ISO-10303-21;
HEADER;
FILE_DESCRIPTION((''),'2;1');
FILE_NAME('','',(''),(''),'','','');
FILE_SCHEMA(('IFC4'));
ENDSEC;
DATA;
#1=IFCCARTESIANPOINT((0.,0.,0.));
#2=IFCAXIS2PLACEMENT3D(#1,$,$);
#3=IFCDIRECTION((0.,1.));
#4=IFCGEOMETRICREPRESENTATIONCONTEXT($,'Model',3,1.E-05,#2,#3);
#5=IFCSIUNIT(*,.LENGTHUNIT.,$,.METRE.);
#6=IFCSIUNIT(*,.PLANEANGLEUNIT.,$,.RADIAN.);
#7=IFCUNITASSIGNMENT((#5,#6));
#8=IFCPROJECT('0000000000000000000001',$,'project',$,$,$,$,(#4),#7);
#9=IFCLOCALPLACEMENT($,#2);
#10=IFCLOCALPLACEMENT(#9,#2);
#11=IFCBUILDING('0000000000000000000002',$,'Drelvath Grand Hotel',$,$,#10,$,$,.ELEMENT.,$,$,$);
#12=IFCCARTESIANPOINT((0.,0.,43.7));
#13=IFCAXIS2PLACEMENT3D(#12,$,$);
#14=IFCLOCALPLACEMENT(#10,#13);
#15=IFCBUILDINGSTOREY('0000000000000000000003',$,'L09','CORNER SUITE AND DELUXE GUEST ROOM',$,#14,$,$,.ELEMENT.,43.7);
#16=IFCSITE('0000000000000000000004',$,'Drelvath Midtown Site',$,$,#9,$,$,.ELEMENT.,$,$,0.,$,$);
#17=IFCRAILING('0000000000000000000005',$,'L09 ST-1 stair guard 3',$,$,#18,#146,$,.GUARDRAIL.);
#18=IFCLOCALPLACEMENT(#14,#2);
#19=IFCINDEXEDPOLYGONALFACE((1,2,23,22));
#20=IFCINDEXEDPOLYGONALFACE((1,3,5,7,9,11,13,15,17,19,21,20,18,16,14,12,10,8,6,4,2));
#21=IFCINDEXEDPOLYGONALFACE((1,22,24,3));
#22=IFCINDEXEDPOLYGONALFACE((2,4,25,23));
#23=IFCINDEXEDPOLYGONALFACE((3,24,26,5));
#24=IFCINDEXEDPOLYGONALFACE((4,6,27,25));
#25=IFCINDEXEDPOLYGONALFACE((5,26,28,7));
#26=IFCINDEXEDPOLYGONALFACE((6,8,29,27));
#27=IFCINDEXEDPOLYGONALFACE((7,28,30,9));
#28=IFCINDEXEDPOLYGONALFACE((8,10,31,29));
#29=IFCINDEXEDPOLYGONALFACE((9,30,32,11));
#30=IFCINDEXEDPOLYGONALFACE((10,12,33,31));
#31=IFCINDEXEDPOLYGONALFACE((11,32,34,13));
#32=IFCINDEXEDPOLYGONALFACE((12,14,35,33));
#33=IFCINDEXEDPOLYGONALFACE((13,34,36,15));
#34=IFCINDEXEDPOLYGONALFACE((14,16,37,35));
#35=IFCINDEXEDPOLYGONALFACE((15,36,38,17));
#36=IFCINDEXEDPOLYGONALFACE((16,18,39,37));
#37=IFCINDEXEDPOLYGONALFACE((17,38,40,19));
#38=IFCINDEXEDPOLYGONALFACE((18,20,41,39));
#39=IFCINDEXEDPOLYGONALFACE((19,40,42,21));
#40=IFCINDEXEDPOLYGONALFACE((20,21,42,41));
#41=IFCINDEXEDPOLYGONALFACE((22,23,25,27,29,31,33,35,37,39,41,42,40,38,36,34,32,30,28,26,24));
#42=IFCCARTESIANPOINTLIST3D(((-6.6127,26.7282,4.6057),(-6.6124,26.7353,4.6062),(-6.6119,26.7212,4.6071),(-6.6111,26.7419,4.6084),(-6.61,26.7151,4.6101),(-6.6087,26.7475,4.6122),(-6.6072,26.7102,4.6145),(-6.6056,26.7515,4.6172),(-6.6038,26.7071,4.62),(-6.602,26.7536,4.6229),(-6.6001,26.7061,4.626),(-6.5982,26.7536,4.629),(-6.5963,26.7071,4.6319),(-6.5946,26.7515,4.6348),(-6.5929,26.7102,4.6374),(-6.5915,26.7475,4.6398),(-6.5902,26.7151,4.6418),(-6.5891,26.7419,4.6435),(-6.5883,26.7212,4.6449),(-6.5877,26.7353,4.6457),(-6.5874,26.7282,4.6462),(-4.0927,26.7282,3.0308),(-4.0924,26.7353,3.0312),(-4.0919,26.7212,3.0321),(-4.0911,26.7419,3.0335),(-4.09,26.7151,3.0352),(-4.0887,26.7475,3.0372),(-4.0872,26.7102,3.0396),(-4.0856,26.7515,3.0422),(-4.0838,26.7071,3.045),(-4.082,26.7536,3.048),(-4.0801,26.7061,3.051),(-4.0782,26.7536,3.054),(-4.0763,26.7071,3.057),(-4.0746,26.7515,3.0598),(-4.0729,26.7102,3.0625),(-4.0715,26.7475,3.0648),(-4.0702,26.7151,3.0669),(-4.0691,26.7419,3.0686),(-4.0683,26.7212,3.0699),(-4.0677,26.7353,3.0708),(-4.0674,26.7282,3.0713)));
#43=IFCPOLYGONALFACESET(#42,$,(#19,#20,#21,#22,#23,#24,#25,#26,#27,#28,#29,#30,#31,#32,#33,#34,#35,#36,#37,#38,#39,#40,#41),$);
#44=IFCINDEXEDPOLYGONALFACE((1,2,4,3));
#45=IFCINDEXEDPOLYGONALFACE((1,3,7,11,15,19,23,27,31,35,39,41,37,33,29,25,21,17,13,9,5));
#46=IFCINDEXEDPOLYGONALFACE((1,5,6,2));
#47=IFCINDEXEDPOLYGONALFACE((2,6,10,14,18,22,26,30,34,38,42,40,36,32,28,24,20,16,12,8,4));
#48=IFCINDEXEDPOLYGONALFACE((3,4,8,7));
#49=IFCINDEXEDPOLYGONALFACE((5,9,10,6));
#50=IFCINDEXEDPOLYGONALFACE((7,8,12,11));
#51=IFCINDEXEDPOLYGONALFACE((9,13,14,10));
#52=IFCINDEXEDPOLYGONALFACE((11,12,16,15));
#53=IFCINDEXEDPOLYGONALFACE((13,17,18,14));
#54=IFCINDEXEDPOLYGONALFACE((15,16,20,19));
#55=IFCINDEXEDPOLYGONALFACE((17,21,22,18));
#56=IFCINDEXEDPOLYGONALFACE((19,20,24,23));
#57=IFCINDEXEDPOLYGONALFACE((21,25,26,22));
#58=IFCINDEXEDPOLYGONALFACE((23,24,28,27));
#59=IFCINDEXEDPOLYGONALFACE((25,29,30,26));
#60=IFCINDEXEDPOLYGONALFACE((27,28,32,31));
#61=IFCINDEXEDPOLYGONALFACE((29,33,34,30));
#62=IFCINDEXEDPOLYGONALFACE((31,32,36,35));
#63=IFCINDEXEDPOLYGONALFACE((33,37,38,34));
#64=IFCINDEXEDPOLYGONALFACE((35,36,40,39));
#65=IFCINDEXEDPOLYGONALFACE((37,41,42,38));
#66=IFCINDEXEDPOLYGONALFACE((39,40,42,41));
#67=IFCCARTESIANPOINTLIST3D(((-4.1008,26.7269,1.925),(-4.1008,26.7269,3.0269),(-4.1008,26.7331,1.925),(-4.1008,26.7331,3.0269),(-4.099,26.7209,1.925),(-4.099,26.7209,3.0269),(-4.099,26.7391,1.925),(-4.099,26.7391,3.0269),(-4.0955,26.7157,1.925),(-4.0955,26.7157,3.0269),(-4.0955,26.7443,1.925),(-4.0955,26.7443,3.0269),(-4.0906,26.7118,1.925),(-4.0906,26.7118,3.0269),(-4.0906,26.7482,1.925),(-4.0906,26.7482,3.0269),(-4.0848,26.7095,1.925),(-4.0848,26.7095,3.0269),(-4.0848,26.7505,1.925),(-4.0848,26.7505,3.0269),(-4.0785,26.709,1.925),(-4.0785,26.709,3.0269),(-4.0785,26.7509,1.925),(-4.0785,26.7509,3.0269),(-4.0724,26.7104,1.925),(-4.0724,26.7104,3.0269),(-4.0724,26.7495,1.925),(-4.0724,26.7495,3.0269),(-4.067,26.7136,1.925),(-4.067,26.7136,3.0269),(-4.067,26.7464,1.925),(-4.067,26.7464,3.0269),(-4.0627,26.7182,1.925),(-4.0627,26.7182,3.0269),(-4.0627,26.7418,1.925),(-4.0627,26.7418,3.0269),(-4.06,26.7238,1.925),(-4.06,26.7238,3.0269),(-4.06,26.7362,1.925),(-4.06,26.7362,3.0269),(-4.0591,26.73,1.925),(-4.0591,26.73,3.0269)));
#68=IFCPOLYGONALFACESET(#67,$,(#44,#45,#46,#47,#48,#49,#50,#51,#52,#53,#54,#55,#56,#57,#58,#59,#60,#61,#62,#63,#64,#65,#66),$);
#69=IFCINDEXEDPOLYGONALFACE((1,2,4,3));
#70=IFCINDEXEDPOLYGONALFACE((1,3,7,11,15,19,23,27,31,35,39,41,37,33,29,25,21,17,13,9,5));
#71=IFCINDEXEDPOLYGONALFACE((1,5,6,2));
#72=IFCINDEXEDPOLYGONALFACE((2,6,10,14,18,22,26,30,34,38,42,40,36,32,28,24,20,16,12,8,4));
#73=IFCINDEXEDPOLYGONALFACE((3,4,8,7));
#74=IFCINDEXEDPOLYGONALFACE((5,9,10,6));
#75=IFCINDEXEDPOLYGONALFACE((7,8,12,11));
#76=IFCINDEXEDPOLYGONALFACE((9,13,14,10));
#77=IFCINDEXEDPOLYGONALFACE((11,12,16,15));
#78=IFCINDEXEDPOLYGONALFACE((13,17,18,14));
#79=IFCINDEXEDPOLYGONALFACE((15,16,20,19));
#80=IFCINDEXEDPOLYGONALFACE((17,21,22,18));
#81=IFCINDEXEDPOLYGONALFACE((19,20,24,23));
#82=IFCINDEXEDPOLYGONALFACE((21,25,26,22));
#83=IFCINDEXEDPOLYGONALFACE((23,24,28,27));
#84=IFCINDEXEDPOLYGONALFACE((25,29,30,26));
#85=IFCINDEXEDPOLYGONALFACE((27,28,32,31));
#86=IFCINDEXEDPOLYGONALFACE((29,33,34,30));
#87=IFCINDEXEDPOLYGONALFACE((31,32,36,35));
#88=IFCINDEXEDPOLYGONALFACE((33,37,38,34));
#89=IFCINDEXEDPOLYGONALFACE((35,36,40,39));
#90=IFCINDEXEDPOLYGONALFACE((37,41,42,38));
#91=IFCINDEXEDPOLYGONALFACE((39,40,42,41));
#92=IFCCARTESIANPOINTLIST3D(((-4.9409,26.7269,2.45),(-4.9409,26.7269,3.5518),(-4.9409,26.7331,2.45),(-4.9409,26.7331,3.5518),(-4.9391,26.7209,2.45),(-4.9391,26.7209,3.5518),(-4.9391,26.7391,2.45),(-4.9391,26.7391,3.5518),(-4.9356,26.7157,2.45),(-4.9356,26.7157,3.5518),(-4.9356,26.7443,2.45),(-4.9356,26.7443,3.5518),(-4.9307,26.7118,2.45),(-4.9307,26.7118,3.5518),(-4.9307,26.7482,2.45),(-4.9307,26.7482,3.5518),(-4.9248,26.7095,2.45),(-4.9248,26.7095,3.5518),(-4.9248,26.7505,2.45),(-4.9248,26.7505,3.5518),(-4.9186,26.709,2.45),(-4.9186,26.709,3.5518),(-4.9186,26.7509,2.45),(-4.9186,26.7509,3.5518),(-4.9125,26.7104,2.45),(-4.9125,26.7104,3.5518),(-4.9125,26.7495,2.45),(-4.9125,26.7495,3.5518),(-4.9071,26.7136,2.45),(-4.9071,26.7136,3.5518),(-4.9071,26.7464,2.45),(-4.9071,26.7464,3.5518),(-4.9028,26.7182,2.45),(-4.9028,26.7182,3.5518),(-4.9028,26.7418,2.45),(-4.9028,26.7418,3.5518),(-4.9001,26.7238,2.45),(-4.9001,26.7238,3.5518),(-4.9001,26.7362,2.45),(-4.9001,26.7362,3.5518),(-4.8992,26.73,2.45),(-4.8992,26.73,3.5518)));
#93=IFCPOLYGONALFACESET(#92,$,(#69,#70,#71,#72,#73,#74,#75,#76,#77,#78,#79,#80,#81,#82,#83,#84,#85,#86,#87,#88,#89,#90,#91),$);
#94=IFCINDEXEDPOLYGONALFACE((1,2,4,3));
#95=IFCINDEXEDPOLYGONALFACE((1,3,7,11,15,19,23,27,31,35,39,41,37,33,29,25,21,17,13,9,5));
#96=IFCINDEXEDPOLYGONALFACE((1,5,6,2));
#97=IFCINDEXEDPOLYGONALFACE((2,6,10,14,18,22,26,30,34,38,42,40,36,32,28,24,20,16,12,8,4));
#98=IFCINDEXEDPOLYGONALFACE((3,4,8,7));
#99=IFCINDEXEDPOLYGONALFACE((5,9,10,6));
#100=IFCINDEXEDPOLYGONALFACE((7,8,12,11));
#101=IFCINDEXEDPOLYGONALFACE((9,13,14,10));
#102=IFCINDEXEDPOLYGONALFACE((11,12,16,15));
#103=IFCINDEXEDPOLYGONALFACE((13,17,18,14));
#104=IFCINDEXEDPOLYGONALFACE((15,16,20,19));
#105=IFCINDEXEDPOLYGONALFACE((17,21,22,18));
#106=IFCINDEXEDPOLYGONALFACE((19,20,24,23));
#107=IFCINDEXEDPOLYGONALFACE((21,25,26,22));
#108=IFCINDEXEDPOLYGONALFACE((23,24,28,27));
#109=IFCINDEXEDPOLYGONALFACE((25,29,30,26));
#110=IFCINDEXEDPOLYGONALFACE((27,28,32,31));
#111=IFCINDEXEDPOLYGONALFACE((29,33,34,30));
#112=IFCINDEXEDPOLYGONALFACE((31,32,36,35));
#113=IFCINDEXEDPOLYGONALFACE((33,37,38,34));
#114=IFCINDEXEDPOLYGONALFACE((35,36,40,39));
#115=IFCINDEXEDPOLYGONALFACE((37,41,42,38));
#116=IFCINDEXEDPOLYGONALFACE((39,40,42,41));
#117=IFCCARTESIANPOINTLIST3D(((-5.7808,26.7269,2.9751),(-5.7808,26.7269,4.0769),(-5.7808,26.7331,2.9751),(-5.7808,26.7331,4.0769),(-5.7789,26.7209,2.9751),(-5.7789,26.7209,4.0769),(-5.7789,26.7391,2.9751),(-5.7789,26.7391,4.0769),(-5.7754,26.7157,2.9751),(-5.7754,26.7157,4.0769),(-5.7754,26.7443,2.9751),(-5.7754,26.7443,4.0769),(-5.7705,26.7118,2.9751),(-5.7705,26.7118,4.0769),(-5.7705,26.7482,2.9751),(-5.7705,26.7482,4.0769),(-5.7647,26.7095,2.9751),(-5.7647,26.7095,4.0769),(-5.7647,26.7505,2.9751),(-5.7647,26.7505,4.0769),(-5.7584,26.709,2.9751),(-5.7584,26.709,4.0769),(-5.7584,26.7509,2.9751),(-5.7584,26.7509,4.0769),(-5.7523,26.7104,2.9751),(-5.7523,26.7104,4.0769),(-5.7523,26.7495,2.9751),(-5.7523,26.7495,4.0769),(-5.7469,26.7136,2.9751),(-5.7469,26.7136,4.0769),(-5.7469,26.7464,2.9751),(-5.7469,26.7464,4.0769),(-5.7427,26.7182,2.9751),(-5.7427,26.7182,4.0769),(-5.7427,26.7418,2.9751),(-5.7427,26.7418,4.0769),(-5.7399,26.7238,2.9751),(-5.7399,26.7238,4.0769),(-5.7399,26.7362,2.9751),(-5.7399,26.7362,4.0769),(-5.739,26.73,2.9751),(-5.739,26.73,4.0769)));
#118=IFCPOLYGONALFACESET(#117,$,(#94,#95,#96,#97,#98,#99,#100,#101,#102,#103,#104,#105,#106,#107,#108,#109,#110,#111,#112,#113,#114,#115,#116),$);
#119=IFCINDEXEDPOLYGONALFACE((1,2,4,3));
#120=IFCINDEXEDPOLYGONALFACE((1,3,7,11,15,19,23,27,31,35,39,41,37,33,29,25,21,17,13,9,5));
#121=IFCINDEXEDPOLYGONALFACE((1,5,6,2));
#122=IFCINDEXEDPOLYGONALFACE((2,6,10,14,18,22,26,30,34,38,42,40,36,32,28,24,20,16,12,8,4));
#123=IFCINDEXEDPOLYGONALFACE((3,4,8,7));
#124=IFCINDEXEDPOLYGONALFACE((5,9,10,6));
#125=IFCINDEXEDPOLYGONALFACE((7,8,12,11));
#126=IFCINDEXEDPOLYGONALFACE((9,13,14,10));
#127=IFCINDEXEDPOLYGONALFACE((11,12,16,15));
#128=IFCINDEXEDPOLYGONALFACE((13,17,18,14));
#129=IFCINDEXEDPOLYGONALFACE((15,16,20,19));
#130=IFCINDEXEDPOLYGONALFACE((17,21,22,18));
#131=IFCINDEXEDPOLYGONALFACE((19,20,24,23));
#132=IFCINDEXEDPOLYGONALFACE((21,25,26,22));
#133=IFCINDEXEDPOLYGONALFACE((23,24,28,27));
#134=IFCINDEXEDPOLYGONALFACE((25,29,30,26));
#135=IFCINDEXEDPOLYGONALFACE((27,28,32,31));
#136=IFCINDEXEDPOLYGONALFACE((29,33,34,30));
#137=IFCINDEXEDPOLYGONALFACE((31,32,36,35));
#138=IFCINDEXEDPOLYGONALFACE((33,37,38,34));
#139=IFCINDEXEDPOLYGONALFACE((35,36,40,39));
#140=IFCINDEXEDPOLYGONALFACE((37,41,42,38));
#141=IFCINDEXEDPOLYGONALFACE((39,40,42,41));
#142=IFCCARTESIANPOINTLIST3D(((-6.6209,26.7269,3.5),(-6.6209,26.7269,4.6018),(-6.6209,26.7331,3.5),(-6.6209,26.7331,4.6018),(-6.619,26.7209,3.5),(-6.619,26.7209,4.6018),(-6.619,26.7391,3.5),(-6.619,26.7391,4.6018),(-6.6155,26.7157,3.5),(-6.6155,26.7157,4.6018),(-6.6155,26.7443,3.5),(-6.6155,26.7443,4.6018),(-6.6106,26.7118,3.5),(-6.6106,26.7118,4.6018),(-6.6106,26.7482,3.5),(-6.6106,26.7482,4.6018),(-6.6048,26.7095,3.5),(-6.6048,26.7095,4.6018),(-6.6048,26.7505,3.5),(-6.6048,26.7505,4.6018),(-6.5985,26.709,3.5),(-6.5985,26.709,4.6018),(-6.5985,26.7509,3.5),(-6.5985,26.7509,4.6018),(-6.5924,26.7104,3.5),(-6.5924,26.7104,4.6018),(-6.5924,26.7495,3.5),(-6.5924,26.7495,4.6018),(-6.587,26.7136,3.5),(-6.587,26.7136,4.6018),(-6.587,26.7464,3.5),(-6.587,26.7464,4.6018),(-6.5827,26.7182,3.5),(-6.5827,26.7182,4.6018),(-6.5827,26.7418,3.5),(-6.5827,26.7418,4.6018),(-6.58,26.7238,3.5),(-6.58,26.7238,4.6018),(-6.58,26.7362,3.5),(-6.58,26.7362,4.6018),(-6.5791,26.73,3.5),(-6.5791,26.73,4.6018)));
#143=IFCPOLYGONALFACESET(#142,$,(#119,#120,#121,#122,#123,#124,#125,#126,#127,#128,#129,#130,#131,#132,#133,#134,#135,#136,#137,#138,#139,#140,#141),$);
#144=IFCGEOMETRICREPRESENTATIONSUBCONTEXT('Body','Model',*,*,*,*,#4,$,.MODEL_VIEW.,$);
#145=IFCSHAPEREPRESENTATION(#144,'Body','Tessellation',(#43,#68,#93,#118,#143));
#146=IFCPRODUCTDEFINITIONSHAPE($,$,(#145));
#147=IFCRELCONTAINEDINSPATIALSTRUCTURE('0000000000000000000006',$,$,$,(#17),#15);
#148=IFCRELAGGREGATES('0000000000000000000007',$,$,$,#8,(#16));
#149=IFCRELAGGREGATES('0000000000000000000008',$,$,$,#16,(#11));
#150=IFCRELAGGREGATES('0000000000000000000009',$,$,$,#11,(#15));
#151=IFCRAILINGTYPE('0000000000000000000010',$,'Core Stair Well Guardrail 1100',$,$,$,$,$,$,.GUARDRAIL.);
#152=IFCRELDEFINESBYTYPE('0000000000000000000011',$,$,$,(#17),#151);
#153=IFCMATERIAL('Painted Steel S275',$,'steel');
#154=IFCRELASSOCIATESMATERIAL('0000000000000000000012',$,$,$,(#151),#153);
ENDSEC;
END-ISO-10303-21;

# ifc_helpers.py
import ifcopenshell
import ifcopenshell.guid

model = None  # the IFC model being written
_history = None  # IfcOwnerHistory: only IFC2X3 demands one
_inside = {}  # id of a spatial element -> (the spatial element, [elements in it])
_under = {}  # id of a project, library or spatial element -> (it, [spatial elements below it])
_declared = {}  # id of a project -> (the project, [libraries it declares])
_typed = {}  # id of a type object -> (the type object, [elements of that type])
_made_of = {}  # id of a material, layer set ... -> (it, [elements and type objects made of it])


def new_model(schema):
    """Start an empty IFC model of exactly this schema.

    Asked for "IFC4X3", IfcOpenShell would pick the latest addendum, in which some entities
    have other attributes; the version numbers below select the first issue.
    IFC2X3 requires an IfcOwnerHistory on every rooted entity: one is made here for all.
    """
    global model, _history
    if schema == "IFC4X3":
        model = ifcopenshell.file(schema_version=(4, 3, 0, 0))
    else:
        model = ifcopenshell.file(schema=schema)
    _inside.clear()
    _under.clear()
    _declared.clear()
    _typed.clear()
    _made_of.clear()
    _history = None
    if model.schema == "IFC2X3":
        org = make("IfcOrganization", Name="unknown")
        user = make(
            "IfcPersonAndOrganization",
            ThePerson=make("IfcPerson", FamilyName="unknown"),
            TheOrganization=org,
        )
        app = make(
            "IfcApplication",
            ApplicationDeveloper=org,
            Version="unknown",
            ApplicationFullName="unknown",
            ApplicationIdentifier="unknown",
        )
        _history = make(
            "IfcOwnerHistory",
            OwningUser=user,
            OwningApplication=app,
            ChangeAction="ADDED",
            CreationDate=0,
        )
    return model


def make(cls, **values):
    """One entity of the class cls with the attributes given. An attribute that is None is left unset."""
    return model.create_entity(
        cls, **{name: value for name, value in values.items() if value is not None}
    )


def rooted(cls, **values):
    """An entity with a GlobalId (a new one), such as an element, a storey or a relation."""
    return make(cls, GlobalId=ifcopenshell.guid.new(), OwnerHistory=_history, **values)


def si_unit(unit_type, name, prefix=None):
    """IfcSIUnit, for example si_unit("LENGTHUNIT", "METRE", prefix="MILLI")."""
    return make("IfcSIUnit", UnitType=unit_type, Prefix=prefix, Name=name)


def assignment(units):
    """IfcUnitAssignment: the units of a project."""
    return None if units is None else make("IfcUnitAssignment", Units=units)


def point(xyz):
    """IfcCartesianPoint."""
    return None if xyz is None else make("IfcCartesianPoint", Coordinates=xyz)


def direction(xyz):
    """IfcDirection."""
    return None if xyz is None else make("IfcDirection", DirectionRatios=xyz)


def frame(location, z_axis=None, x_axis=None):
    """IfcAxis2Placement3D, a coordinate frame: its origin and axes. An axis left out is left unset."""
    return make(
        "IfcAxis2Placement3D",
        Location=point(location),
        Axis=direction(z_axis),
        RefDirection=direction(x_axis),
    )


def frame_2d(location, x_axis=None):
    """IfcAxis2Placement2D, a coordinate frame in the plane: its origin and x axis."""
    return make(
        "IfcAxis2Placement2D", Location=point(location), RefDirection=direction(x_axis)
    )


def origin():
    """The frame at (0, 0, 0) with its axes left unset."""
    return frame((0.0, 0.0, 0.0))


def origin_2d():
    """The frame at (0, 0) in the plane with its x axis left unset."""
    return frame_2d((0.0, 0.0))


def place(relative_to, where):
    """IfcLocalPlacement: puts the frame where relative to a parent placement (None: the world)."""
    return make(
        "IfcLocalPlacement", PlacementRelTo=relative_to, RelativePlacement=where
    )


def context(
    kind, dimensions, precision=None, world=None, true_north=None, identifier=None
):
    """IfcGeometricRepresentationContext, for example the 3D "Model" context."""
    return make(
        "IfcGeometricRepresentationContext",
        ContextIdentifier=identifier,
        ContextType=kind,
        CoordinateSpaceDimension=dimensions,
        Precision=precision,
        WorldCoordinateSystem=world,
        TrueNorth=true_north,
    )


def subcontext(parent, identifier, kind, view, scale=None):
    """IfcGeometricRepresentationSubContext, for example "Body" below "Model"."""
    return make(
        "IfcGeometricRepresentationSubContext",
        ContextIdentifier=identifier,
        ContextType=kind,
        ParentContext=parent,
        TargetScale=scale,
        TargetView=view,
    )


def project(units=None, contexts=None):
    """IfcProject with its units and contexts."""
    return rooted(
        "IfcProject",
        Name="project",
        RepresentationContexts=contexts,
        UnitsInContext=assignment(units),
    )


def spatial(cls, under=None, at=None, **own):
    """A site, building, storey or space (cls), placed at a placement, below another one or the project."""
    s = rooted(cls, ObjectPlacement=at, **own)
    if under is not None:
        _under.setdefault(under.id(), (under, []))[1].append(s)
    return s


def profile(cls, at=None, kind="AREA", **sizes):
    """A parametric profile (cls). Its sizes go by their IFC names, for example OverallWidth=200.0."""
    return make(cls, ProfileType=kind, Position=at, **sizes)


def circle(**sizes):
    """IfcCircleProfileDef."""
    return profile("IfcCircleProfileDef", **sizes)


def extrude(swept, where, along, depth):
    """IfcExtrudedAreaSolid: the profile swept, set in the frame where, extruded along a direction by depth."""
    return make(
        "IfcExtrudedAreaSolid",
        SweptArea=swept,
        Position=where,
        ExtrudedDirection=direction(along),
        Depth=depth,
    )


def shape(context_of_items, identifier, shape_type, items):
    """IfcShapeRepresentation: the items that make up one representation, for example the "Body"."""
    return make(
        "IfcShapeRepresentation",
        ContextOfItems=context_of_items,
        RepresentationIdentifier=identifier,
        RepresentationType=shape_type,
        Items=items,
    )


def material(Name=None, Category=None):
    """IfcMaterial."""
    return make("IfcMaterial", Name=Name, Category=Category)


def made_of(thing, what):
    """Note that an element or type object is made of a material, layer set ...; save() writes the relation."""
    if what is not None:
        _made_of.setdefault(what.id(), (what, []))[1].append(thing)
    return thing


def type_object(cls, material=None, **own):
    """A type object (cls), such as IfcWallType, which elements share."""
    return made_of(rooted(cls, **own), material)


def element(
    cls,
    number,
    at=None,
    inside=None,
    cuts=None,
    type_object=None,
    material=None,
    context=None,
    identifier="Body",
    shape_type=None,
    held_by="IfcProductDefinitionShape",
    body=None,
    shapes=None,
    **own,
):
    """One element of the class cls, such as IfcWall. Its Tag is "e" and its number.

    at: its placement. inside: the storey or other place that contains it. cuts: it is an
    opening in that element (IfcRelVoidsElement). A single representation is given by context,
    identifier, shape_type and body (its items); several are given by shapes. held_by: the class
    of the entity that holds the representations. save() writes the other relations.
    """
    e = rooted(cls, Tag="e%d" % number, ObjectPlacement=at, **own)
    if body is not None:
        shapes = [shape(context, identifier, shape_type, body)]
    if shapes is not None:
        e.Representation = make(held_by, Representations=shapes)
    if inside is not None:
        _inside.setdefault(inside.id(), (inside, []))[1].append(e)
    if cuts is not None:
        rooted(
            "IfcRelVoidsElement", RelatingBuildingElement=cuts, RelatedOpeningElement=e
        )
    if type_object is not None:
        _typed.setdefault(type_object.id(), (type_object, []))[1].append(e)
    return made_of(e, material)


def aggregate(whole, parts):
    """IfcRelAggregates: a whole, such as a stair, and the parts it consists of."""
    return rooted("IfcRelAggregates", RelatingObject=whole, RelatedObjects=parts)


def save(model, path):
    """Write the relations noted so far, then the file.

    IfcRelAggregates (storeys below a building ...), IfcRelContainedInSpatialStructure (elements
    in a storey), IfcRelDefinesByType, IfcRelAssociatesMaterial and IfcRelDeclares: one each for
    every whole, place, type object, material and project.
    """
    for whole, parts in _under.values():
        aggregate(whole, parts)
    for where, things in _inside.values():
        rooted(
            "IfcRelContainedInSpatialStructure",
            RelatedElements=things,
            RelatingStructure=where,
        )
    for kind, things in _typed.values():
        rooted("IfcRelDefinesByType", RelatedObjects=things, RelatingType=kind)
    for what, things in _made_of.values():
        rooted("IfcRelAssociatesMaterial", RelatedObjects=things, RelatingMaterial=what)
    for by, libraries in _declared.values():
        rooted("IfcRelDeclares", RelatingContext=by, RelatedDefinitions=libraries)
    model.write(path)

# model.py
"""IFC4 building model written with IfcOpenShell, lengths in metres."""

from ifc_helpers import new_model, si_unit, direction, frame, origin, origin_2d, place, context, subcontext, project, spatial, circle, extrude, material, type_object, element, save


model = new_model("IFC4")

# Units and contexts
model_context = context("Model", 3, precision=1e-05, world=origin(), true_north=direction((0.0, 1.0)))
body_context = subcontext(model_context, "Body", "Model", "MODEL_VIEW")
ifc_project = project(units=[si_unit("LENGTHUNIT", "METRE"), si_unit("PLANEANGLEUNIT", "RADIAN")], contexts=[model_context])

# Site, building, storey
site_placement = place(None, origin())
site = spatial("IfcSite", under=ifc_project, at=site_placement, Name="Drelvath Midtown Site", CompositionType="ELEMENT", RefElevation=0.0)
building_placement = place(site_placement, origin())
building = spatial("IfcBuilding", under=site, at=building_placement, Name="Drelvath Grand Hotel", CompositionType="ELEMENT")
storey_placement = place(building_placement, frame((0.0, 0.0, 43.7)))
storey = spatial("IfcBuildingStorey", under=building, at=storey_placement, Name="L09", Description="CORNER SUITE AND DELUXE GUEST ROOM", CompositionType="ELEMENT", Elevation=43.7)

# Shared definitions
ifc_material_1 = material(Name="Painted Steel S275", Category="steel")

# Railing
railing_type_1 = type_object("IfcRailingType", Name="Core Stair Well Guardrail 1100", PredefinedType="GUARDRAIL", material=ifc_material_1)
railing_1_placement = place(storey_placement, frame((-4.0801, 26.73, 1.925)))
element("IfcRailing", 1, at=railing_1_placement, inside=storey, type_object=railing_type_1, Name="L09 ST-1 stair guard 3", PredefinedType="GUARDRAIL", context=body_context, shape_type="SweptSolid", body=[
    extrude(circle(Radius=0.0239, at=origin_2d()), frame((0.0, 0.0, 1.126), z_axis=(-0.848008, 0.0, 0.529984), x_axis=(0.0, -1.0, 0.0)), (0.0, 0.0, 1.0), 2.9717),
    extrude(circle(Radius=0.021, at=origin_2d()), origin(), (0.0, 0.0, 1.0), 1.1018),
    extrude(circle(Radius=0.021, at=origin_2d()), frame((-0.8401, 0.0, 0.5249)), (0.0, 0.0, 1.0), 1.1018),
    extrude(circle(Radius=0.021, at=origin_2d()), frame((-1.6799, 0.0, 1.05)), (0.0, 0.0, 1.0), 1.1018),
    extrude(circle(Radius=0.021, at=origin_2d()), frame((-2.52, 0.0, 1.575)), (0.0, 0.0, 1.0), 1.1018),
])

save(model, "model.ifc")
